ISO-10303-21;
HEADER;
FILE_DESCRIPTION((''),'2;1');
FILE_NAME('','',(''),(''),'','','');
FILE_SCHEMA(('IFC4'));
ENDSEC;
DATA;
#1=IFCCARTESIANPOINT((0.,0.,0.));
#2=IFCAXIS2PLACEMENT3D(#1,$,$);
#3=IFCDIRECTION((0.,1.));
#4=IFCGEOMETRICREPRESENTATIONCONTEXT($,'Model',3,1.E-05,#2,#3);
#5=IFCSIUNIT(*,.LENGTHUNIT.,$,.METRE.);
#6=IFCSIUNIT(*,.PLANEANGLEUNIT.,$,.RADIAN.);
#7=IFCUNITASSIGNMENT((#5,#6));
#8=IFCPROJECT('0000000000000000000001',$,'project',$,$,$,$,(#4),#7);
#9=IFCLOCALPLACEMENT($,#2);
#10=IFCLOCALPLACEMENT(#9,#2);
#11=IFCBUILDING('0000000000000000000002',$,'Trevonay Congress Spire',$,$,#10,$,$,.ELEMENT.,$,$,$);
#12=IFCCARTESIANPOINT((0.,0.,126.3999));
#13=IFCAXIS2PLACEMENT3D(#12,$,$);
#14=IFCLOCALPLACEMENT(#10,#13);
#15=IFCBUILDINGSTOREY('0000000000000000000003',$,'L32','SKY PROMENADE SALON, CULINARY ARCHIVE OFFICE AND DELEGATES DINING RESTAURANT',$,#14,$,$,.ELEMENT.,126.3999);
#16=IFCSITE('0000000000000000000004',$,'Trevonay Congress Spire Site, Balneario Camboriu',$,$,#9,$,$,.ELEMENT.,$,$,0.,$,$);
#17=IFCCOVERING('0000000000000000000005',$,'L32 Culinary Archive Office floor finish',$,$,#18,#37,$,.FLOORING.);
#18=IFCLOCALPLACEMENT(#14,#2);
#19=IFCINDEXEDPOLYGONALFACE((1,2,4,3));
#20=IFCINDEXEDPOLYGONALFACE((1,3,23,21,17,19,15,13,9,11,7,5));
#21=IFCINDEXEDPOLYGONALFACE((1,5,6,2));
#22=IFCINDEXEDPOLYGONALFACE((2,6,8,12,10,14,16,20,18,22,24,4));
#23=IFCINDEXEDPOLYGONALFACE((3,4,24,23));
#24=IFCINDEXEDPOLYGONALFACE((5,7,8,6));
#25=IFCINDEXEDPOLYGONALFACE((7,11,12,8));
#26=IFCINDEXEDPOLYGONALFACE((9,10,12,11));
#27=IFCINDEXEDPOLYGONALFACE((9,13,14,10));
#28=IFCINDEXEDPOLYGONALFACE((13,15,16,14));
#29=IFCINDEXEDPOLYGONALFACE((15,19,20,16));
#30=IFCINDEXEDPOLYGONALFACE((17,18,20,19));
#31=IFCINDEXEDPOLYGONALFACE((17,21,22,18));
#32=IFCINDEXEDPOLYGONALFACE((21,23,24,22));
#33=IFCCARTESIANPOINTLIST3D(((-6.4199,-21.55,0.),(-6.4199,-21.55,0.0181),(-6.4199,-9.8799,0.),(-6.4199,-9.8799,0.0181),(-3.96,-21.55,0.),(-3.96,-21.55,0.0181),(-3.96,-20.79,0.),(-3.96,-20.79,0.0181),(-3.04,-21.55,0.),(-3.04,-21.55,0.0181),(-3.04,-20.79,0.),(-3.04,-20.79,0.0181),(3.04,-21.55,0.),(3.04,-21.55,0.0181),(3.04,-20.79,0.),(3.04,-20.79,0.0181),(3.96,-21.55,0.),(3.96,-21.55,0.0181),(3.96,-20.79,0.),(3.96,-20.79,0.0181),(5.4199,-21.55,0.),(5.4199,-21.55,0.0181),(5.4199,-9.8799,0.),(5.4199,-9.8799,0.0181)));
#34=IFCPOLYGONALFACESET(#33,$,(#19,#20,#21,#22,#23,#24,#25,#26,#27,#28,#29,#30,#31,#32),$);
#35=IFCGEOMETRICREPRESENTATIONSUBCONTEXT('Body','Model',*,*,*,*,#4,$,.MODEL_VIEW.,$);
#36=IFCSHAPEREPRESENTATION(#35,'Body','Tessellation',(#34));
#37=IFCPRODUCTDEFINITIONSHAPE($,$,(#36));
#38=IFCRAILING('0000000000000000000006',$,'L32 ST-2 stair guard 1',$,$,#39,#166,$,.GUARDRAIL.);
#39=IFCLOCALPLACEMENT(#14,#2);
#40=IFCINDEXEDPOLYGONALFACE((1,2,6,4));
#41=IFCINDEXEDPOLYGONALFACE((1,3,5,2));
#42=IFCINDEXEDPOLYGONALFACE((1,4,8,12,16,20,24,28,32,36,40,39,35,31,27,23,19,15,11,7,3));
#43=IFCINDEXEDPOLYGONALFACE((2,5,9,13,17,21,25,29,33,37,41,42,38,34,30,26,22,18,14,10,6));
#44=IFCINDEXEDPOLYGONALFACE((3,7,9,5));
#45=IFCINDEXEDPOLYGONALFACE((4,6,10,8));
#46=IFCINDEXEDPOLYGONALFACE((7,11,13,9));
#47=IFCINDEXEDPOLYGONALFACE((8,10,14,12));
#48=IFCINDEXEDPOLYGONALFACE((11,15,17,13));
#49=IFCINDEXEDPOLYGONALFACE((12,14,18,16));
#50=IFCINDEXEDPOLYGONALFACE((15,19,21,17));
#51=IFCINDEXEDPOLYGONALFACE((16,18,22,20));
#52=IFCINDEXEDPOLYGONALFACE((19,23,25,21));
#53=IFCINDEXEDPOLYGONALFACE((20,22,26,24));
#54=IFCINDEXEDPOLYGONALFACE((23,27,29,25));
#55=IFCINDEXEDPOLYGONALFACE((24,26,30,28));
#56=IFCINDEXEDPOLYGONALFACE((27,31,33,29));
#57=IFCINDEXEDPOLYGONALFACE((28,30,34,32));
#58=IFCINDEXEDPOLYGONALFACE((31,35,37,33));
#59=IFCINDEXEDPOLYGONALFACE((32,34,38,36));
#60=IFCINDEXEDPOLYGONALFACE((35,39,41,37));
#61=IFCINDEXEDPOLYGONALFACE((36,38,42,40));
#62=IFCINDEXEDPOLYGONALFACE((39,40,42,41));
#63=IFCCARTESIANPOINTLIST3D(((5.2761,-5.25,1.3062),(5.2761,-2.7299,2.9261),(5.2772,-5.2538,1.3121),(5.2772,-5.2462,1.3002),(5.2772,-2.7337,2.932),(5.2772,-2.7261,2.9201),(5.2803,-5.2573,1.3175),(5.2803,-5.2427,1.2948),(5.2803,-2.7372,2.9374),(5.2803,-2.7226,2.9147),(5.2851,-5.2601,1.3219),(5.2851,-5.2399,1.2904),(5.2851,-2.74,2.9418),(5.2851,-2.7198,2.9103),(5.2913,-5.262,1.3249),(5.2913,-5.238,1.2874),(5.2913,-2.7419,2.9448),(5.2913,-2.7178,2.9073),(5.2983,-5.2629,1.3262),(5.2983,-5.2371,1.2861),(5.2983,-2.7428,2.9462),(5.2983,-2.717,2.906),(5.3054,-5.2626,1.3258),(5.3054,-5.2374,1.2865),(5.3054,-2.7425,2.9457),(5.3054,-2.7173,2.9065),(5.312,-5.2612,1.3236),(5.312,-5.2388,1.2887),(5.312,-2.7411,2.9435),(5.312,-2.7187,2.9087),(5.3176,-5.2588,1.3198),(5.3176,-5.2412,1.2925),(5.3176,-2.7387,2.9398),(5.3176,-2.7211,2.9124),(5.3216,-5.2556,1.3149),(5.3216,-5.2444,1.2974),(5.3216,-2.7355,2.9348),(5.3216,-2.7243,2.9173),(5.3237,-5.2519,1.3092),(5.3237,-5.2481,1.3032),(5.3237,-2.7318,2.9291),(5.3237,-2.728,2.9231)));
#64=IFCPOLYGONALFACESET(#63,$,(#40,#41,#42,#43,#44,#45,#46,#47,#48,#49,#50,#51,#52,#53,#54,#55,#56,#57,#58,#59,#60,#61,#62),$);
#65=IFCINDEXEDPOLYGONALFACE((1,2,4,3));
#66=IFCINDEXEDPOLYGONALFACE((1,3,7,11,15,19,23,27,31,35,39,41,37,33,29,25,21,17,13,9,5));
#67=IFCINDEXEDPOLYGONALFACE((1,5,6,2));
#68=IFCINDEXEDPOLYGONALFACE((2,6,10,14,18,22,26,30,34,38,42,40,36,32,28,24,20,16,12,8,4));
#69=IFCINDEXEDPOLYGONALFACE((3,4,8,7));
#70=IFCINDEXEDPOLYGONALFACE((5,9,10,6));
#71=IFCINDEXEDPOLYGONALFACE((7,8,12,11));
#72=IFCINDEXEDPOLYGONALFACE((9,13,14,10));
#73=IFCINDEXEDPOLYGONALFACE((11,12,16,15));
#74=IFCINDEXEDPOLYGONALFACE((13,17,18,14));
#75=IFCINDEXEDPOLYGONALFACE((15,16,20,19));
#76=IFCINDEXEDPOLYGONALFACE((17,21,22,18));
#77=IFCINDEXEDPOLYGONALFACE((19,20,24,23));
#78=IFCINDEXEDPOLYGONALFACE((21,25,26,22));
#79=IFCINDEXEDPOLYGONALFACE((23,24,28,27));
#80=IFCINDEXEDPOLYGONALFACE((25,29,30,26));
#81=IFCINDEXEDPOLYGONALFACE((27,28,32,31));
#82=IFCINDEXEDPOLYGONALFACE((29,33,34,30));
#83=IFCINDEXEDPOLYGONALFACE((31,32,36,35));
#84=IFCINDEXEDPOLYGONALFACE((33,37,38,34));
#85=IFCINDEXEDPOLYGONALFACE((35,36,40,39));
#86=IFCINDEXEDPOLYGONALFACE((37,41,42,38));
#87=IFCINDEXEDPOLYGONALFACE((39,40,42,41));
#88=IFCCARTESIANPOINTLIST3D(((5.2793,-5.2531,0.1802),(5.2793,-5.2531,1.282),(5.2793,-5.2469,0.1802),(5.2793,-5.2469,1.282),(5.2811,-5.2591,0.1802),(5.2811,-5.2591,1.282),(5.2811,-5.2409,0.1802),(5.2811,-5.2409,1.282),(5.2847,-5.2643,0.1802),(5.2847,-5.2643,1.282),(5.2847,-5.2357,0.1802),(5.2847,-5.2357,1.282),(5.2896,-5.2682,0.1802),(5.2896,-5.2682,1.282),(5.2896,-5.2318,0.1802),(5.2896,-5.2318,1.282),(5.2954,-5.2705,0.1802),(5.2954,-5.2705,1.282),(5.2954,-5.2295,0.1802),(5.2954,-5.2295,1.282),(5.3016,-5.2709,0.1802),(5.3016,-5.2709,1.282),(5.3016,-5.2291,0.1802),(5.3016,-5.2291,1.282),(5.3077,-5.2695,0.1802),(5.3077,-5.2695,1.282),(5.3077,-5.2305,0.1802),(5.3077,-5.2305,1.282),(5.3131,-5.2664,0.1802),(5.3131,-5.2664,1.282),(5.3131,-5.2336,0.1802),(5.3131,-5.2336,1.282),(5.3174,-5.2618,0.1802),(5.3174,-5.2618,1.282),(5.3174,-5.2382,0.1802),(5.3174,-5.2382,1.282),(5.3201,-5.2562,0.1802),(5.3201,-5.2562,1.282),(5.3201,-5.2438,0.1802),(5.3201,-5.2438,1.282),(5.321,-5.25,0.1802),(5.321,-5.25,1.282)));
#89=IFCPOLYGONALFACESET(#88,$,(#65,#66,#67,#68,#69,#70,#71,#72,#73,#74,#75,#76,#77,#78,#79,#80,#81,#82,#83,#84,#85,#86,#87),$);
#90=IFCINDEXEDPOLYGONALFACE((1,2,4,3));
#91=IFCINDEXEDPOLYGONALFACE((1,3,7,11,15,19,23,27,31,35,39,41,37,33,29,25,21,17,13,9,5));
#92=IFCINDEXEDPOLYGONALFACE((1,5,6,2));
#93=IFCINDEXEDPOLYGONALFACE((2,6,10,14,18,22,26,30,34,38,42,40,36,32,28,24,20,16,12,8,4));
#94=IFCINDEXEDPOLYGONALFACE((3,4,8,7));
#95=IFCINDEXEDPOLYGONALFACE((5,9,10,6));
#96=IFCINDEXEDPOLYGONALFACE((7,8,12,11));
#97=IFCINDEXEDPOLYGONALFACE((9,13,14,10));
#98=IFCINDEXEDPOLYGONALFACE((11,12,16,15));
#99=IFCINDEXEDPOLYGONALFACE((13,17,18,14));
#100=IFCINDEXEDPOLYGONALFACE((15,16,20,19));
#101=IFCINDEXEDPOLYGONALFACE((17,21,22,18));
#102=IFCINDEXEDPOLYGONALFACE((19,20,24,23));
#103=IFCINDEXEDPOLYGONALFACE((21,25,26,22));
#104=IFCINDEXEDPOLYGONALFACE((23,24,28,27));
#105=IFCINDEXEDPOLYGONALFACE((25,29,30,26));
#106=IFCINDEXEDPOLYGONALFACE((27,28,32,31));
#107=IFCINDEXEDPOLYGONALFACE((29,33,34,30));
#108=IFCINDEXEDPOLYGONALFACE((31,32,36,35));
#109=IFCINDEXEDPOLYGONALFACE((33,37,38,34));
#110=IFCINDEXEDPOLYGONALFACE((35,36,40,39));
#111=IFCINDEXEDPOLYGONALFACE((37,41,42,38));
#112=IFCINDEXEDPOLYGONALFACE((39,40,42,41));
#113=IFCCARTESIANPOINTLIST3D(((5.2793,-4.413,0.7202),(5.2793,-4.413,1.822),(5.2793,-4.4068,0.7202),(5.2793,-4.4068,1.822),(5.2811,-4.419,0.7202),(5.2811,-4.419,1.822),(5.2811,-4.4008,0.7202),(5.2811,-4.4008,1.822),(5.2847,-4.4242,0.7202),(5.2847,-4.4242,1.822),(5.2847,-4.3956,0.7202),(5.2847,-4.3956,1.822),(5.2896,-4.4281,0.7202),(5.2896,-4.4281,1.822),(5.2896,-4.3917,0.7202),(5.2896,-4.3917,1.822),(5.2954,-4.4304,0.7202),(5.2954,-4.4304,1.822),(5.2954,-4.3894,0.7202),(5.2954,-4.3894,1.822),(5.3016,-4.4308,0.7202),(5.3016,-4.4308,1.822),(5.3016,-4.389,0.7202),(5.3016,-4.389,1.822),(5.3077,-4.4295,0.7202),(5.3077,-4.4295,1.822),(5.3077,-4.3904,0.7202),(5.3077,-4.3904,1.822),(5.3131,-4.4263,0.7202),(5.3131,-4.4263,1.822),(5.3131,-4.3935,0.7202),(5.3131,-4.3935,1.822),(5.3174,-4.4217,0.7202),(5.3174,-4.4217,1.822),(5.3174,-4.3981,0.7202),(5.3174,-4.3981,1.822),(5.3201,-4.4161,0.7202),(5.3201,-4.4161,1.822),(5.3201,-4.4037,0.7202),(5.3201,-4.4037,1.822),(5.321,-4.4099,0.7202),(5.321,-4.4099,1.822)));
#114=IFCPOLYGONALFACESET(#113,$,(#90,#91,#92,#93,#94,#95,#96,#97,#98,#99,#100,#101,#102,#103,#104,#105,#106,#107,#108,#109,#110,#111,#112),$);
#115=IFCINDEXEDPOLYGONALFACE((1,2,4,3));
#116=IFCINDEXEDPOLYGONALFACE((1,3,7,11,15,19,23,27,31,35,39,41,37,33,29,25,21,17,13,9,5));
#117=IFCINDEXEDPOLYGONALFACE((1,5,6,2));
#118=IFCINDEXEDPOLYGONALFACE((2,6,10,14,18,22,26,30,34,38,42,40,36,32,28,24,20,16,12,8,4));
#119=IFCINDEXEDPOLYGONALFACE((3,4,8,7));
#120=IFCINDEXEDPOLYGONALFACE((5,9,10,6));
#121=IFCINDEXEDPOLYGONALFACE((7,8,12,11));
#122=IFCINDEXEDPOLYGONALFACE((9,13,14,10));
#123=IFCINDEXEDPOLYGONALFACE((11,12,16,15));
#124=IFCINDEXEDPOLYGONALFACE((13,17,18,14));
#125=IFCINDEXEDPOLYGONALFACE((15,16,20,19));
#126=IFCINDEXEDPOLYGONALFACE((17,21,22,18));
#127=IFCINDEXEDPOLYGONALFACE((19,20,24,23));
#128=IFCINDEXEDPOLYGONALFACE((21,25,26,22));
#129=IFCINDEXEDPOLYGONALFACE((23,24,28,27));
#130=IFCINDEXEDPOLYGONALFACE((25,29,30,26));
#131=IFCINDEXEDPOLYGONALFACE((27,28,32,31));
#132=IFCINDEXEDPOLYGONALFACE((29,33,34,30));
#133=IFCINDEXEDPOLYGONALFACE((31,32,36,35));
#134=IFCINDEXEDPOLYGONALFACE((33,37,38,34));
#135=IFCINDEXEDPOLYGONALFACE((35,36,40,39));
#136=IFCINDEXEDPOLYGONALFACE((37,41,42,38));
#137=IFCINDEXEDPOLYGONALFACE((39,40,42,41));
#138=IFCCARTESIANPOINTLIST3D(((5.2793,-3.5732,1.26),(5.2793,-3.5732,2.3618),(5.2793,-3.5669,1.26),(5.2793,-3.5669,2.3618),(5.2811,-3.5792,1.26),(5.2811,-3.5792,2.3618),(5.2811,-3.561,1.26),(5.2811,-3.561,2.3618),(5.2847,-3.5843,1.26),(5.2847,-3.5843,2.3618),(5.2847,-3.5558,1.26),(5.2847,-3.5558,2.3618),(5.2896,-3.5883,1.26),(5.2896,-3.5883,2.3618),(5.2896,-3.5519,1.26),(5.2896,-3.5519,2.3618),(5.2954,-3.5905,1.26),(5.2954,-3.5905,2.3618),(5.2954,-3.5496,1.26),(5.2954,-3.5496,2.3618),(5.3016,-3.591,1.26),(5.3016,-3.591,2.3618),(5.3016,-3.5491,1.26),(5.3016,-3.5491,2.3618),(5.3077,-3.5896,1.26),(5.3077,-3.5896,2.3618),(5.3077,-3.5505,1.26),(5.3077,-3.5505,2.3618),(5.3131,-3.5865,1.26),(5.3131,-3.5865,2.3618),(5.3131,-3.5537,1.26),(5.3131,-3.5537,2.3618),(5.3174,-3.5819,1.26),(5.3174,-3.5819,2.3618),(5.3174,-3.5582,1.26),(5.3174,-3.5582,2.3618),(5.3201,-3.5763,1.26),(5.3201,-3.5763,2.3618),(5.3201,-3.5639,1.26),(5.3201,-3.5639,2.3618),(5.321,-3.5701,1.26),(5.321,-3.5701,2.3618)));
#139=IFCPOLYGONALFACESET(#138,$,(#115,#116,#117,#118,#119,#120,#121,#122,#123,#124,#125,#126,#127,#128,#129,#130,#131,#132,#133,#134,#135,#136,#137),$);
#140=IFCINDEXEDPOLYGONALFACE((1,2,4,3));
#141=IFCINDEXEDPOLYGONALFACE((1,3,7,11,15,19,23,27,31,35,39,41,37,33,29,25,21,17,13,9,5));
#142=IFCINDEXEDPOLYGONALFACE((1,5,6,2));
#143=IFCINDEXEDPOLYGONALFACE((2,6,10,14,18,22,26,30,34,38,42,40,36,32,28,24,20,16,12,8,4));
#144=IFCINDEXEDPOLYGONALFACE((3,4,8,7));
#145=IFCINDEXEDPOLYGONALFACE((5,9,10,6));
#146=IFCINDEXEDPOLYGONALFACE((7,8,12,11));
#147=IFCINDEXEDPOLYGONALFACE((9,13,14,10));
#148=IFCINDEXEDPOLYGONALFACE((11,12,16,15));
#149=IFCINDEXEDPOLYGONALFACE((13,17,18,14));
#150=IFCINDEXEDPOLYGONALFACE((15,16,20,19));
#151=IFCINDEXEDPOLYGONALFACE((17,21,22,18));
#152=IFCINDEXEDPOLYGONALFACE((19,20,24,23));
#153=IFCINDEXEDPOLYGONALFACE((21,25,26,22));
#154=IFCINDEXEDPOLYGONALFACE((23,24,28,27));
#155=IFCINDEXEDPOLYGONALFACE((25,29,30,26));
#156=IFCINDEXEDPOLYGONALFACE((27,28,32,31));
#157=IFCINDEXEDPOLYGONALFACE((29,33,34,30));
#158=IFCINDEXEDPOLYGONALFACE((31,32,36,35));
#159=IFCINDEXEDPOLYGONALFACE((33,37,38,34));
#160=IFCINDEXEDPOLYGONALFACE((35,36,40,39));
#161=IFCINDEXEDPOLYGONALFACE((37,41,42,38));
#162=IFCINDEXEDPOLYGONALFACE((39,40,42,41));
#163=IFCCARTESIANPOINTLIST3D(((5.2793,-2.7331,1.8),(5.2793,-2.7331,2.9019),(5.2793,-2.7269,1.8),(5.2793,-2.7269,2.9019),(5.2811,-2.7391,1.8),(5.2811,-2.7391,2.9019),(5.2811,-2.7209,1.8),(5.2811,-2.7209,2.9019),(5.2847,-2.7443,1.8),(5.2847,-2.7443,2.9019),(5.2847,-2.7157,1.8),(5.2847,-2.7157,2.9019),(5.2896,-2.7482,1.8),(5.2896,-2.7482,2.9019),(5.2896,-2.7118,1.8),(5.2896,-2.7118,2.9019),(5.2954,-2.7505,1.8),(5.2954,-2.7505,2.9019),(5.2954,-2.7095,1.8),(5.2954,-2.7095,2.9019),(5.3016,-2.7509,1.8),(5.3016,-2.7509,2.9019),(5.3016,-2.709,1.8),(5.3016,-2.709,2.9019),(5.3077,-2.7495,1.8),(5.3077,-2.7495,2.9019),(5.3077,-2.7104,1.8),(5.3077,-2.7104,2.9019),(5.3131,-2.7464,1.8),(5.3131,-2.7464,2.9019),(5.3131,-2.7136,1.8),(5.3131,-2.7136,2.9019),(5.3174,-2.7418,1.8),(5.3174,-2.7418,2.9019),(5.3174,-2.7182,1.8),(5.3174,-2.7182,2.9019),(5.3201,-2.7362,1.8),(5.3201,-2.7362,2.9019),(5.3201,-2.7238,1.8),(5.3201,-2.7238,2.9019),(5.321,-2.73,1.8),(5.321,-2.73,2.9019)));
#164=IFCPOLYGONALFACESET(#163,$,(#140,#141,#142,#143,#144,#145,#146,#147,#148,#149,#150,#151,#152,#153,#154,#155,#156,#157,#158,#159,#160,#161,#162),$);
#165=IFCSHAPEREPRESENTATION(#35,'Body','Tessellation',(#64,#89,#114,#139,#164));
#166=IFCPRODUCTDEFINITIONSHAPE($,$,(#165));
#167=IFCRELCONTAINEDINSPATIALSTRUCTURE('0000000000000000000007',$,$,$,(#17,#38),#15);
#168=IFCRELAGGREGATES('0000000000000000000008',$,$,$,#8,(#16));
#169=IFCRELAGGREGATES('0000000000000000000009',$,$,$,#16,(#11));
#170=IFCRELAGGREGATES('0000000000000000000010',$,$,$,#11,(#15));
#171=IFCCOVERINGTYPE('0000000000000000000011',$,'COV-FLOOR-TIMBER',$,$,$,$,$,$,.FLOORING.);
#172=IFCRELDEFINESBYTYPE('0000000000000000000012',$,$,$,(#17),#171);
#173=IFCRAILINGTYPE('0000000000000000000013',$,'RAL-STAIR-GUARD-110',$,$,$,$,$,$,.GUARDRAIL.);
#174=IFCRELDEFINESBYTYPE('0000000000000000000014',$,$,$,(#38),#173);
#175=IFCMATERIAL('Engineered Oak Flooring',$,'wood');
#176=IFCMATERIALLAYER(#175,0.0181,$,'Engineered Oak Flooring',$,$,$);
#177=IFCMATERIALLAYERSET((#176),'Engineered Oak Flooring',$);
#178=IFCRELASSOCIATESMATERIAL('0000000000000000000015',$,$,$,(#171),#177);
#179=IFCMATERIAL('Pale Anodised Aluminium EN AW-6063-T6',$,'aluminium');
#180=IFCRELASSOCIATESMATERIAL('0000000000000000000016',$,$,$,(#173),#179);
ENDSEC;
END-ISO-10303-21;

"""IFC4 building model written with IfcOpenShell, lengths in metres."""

from ifc_helpers import new_model, si_unit, direction, frame, origin, origin_2d, place, context, subcontext, project, spatial, polyline, circle, outline, extrude, material, layer, layer_set, type_object, element, save


model = new_model("IFC4")

# Units and contexts
model_context = context("Model", 3, precision=1e-05, world=origin(), true_north=direction((0.0, 1.0)))
body_context = subcontext(model_context, "Body", "Model", "MODEL_VIEW")
ifc_project = project(units=[si_unit("LENGTHUNIT", "METRE"), si_unit("PLANEANGLEUNIT", "RADIAN")], contexts=[model_context])

# Site, building, storey
site_placement = place(None, origin())
site = spatial("IfcSite", under=ifc_project, at=site_placement, Name="Trevonay Congress Spire Site, Balneario Camboriu", CompositionType="ELEMENT", RefElevation=0.0)
building_placement = place(site_placement, origin())
building = spatial("IfcBuilding", under=site, at=building_placement, Name="Trevonay Congress Spire", CompositionType="ELEMENT")
storey_placement = place(building_placement, frame((0.0, 0.0, 126.3999)))
storey = spatial("IfcBuildingStorey", under=building, at=storey_placement, Name="L32", Description="SKY PROMENADE SALON, CULINARY ARCHIVE OFFICE AND DELEGATES DINING RESTAURANT", CompositionType="ELEMENT", Elevation=126.3999)

# Shared definitions
ifc_material_1 = material(Name="Pale Anodised Aluminium EN AW-6063-T6", Category="aluminium")

# Covering
ifc_material_2 = material(Name="Engineered Oak Flooring", Category="wood")
ifc_layer_1 = layer(ifc_material_2, 0.0181, Name="Engineered Oak Flooring")
ifc_layer_set_1 = layer_set([ifc_layer_1], Name="Engineered Oak Flooring")
covering_type_1 = type_object("IfcCoveringType", Name="COV-FLOOR-TIMBER", PredefinedType="FLOORING", material=ifc_layer_set_1)
covering_1_placement = place(storey_placement, origin())
element("IfcCovering", 1, at=covering_1_placement, inside=storey, type_object=covering_type_1, Name="L32 Culinary Archive Office floor finish", PredefinedType="FLOORING", context=body_context, shape_type="SweptSolid", body=[
    extrude(outline(polyline([(-6.4199, -21.55), (-6.4199, -9.8799), (5.4199, -9.8799), (5.4199, -21.55), (3.96, -21.55), (3.96, -20.79), (3.04, -20.79), (3.04, -21.55), (-3.04, -21.55), (-3.04, -20.79), (-3.96, -20.79), (-3.96, -21.55), (-6.4199, -21.55)])), origin(), (0.0, 0.0, 1.0), 0.0181),
])

# Railing
railing_type_1 = type_object("IfcRailingType", Name="RAL-STAIR-GUARD-110", PredefinedType="GUARDRAIL", material=ifc_material_1)
railing_1_placement = place(storey_placement, frame((5.3, -5.25, 0.1802)))
element("IfcRailing", 2, at=railing_1_placement, inside=storey, type_object=railing_type_1, Name="L32 ST-2 stair guard 1", PredefinedType="GUARDRAIL", context=body_context, shape_type="SweptSolid", body=[
    extrude(circle(Radius=0.0239, at=origin_2d()), frame((0.0, 0.0, 1.126), z_axis=(0.0, 0.8412, 0.540725), x_axis=(-1.0, 0.0, 0.0)), (0.0, 0.0, 1.0), 2.9958),
    extrude(circle(Radius=0.021, at=origin_2d()), origin(), (0.0, 0.0, 1.0), 1.1018),
    extrude(circle(Radius=0.021, at=origin_2d()), frame((0.0, 0.8401, 0.54)), (0.0, 0.0, 1.0), 1.1018),
    extrude(circle(Radius=0.021, at=origin_2d()), frame((0.0, 1.6799, 1.0798)), (0.0, 0.0, 1.0), 1.1018),
    extrude(circle(Radius=0.021, at=origin_2d()), frame((0.0, 2.52, 1.6199)), (0.0, 0.0, 1.0), 1.1018),
])

save(model, "model.ifc")
